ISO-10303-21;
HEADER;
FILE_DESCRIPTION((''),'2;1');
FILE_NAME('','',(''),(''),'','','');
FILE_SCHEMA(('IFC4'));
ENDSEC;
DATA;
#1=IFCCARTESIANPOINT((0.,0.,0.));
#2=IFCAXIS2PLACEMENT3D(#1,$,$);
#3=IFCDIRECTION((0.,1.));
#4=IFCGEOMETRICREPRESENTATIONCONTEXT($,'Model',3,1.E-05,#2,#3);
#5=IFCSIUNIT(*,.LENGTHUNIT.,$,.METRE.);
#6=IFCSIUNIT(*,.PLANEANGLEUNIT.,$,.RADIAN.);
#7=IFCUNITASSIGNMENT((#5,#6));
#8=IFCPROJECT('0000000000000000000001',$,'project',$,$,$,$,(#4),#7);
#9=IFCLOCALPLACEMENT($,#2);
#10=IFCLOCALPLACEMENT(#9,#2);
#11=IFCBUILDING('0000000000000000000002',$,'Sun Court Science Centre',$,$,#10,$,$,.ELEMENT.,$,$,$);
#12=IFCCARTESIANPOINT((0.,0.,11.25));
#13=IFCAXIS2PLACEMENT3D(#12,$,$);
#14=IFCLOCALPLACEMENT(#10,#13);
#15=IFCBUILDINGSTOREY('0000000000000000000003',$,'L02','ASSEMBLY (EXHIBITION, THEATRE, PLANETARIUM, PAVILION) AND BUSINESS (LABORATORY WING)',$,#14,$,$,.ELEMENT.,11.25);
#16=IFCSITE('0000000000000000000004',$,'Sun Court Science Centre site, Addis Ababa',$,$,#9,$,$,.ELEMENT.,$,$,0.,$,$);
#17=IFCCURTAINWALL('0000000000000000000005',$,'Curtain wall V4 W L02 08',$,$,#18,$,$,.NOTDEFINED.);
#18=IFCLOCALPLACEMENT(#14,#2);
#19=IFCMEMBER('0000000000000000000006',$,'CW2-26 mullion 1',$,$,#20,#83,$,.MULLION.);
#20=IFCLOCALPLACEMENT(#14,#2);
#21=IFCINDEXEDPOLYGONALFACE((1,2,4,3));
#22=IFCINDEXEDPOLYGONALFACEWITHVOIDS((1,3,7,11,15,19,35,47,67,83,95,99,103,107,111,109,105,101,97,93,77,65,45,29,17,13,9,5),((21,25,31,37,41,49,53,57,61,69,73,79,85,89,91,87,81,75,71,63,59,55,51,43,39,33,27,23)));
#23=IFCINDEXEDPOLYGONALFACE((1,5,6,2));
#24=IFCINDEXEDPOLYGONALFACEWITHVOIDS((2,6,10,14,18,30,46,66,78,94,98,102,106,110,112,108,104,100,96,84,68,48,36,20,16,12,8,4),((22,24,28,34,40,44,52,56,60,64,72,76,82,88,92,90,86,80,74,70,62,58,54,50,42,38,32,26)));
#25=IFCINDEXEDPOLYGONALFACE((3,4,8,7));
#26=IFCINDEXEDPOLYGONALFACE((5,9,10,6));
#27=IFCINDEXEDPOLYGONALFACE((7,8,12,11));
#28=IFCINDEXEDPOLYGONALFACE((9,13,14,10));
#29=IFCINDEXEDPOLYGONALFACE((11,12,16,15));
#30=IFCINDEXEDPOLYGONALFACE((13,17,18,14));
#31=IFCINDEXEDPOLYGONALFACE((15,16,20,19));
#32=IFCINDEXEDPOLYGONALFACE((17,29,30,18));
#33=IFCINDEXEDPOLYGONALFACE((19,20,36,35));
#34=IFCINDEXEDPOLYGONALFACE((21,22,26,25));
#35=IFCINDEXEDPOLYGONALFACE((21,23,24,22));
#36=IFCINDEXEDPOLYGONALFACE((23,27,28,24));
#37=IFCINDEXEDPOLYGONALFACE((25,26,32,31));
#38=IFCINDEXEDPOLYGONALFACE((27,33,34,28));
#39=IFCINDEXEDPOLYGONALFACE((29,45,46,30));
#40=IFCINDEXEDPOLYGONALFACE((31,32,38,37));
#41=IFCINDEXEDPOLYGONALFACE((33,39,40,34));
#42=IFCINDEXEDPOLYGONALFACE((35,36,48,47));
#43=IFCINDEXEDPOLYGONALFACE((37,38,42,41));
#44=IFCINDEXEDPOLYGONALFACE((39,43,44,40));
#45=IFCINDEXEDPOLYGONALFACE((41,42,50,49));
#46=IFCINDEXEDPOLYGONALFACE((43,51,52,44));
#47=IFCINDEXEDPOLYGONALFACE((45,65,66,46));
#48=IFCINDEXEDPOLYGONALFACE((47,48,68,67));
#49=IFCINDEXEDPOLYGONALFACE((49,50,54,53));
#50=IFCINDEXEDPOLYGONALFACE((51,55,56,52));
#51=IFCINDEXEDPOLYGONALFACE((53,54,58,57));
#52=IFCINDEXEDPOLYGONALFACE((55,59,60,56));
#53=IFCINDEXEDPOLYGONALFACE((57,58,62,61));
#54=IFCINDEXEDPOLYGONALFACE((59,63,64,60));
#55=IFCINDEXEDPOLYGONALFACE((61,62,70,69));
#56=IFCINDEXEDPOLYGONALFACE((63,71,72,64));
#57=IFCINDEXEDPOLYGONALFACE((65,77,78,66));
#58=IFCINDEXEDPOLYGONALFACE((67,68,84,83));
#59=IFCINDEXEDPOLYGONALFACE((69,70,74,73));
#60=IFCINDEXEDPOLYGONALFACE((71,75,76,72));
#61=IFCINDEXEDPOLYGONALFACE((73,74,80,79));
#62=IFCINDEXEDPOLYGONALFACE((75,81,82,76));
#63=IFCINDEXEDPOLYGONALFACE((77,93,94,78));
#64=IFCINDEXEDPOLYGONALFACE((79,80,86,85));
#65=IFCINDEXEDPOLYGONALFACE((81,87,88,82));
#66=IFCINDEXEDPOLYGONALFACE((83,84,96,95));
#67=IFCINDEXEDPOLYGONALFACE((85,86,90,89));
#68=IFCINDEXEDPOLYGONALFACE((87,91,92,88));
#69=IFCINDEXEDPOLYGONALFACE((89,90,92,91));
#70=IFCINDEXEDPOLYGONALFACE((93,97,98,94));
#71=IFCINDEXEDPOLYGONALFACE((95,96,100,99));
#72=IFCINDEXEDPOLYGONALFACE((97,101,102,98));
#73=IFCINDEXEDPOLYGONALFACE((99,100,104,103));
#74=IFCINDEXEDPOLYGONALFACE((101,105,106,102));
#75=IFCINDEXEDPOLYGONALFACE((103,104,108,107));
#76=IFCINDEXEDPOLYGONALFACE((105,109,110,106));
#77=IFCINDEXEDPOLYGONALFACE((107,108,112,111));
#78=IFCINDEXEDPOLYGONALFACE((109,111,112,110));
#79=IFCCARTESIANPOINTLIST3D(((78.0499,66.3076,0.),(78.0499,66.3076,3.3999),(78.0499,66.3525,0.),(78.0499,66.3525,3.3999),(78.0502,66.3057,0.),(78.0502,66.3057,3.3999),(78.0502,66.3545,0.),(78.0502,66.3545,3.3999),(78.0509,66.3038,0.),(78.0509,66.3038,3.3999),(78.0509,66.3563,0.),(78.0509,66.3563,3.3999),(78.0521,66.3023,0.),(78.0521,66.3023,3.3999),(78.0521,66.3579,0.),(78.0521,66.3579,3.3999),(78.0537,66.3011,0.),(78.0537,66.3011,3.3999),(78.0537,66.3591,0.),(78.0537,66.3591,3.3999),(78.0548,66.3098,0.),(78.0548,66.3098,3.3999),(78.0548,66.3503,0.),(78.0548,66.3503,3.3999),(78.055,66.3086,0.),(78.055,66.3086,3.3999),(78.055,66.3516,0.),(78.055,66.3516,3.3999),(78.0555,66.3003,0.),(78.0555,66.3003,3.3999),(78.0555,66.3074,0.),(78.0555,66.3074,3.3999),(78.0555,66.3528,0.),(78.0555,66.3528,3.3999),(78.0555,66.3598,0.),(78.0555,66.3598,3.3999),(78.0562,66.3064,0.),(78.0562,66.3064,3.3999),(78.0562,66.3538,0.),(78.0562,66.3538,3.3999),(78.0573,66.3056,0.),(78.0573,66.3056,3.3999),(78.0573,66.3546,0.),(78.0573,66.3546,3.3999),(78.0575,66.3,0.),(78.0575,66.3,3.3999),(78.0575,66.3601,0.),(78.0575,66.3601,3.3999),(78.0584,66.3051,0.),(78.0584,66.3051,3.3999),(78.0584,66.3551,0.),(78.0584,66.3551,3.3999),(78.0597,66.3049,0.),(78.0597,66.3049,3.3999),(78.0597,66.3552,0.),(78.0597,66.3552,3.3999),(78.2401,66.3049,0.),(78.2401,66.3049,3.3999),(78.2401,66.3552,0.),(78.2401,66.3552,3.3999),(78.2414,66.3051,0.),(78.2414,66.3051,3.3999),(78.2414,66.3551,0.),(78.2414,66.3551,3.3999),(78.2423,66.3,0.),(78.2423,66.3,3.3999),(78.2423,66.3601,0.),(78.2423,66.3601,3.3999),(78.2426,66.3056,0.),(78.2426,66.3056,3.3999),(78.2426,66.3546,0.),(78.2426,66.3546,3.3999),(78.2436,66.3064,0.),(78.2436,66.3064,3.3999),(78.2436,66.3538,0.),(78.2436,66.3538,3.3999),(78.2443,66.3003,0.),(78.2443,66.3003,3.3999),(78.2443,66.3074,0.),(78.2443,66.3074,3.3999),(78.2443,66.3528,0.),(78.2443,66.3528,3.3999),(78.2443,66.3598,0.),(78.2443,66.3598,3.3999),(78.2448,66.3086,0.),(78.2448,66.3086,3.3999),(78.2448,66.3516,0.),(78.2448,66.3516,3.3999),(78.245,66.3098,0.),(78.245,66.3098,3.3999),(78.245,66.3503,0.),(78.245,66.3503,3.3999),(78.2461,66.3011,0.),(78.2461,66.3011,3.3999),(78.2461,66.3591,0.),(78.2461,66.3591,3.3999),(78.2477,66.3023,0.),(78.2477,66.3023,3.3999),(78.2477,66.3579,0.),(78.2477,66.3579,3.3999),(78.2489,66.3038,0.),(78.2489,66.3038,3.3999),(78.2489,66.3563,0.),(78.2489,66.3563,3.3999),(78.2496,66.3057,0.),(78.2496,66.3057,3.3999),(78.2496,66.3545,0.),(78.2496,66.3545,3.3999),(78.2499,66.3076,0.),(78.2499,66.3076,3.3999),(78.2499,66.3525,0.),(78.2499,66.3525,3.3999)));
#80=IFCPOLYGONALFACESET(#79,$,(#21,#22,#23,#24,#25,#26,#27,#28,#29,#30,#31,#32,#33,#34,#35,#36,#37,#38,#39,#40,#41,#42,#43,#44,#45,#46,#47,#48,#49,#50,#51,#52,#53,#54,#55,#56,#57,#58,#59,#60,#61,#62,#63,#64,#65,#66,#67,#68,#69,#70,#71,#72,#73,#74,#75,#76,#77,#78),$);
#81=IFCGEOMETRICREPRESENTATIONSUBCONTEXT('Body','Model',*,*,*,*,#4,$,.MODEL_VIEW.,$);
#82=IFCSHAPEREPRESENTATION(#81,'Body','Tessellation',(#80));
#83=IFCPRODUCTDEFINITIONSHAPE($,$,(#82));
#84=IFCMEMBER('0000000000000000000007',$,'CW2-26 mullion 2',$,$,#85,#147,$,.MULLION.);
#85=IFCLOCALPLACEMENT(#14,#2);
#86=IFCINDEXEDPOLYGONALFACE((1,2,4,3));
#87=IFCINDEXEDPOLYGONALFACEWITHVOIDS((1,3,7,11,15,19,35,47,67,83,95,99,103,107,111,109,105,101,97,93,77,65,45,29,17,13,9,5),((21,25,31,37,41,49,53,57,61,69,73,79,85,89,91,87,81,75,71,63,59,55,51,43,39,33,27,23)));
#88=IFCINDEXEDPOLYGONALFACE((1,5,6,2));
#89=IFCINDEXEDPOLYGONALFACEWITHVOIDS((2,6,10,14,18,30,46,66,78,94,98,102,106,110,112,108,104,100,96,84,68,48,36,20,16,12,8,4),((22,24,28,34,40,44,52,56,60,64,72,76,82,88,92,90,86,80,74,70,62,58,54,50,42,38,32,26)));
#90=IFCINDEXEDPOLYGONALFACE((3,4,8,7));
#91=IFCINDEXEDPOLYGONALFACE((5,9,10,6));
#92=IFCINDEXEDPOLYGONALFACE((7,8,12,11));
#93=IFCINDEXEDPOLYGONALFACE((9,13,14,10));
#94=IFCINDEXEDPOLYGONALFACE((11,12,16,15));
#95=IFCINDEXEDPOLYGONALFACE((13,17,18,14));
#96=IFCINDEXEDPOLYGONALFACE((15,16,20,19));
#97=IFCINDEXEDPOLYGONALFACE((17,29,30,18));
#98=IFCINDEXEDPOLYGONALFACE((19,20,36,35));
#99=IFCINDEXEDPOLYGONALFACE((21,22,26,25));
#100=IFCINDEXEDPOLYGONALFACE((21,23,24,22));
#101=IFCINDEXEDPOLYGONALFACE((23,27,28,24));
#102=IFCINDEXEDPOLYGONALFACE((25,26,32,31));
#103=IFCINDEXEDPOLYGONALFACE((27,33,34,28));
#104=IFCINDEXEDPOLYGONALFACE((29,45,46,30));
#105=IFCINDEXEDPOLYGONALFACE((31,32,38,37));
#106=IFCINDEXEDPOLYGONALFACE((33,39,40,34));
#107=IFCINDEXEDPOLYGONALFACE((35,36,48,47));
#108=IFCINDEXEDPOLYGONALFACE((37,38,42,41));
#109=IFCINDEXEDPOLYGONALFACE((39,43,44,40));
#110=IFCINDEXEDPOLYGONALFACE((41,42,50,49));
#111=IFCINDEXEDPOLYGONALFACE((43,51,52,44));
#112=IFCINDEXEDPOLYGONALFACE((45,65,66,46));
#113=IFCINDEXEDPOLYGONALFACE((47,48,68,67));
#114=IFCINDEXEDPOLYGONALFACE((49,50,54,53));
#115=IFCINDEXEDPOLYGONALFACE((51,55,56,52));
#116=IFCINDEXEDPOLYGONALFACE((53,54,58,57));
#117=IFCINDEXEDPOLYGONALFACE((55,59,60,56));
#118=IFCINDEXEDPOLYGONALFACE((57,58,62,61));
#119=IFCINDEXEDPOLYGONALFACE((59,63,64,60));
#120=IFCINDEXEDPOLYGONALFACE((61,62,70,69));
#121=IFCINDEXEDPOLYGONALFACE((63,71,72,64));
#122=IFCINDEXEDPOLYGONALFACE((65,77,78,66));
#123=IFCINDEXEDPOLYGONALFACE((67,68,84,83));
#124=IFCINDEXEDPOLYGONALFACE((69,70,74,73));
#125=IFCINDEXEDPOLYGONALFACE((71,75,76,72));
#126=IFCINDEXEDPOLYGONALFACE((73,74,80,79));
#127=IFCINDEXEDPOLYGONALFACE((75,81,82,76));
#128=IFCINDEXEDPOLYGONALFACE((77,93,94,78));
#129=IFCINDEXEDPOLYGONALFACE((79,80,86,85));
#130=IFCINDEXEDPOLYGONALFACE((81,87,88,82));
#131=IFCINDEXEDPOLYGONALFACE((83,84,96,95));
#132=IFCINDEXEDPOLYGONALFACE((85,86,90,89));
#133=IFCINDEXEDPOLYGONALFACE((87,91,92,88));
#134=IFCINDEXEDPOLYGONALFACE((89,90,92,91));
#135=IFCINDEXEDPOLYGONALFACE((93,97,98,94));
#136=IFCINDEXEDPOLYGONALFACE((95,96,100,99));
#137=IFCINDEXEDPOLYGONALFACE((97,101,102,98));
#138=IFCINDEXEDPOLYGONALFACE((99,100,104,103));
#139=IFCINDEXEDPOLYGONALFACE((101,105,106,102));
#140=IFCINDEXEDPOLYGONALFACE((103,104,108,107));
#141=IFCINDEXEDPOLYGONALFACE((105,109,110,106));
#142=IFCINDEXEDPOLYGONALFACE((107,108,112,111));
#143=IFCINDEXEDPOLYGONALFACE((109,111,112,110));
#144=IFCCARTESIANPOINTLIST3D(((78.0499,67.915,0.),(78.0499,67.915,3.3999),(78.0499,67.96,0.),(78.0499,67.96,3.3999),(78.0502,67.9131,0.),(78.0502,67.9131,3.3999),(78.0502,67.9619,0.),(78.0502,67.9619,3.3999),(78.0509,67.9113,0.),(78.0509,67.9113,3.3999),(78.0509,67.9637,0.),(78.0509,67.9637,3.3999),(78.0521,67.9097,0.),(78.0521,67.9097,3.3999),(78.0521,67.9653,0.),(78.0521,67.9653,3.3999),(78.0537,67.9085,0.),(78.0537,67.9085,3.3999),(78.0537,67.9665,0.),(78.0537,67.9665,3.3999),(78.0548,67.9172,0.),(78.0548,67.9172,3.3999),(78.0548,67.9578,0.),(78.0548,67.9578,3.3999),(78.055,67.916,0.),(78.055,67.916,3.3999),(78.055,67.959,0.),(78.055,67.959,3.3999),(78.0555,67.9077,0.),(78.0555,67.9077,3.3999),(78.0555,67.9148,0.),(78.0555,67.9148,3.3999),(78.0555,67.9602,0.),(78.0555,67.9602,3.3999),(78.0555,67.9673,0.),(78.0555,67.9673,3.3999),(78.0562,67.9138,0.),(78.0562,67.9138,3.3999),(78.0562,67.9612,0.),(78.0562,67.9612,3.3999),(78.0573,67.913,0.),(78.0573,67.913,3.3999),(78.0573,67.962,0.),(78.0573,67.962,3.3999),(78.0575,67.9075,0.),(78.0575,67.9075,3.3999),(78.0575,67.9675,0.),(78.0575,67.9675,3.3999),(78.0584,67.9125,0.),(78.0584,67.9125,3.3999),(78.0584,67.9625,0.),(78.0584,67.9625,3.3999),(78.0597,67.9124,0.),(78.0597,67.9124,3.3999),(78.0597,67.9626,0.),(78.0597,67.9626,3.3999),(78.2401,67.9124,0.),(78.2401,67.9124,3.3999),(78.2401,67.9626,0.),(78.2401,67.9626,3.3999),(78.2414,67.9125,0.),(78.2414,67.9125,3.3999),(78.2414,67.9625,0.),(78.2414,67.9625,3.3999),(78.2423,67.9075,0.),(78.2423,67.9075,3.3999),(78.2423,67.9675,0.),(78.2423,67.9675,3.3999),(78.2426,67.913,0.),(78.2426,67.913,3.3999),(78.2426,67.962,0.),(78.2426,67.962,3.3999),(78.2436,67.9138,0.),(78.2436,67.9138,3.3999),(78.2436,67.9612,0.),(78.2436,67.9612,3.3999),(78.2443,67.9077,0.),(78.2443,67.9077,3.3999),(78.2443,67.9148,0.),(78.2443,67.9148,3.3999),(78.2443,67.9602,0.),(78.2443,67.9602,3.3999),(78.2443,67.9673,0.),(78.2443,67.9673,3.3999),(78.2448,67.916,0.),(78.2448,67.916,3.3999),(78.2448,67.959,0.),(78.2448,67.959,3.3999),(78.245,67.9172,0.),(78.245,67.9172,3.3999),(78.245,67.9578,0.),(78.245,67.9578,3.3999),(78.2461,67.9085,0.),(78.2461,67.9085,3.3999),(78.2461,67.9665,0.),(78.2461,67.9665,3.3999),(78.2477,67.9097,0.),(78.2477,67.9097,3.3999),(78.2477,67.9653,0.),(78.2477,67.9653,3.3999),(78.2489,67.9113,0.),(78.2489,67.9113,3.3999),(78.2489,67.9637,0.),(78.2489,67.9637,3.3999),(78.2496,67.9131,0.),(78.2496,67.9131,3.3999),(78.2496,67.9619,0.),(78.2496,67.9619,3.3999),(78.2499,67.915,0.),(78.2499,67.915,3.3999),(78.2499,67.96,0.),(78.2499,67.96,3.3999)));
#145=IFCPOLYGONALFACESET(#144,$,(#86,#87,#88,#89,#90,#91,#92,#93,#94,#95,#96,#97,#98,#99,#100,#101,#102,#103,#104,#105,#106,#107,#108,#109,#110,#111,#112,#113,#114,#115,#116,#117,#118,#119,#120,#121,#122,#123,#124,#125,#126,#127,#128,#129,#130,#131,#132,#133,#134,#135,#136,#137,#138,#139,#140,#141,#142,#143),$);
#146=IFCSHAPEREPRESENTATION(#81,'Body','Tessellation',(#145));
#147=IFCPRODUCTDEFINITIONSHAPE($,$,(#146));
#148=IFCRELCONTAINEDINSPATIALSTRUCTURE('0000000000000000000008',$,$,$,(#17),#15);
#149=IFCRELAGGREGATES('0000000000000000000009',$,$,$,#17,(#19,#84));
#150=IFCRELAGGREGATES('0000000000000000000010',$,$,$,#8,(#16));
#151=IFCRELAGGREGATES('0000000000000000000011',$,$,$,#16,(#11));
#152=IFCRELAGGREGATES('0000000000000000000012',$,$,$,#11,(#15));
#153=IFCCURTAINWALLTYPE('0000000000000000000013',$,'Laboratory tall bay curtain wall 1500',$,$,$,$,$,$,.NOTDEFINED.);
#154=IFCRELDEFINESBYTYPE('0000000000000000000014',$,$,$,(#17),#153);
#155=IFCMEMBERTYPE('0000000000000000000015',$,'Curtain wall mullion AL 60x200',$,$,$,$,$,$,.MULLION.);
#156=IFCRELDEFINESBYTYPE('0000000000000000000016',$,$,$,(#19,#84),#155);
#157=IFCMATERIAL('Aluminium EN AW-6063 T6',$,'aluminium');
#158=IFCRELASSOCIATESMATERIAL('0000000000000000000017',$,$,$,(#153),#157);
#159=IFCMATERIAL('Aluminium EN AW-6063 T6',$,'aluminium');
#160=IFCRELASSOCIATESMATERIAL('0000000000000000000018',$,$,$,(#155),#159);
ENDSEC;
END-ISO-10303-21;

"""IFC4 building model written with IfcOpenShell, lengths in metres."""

from ifc_helpers import new_model, si_unit, direction, frame, origin, origin_2d, place, context, subcontext, project, spatial, hollow_rectangle, extrude, material, material_profile, profile_set, type_object, element, aggregate, save


model = new_model("IFC4")

# Units and contexts
model_context = context("Model", 3, precision=1e-05, world=origin(), true_north=direction((0.0, 1.0)))
body_context = subcontext(model_context, "Body", "Model", "MODEL_VIEW")
ifc_project = project(units=[si_unit("LENGTHUNIT", "METRE"), si_unit("PLANEANGLEUNIT", "RADIAN")], contexts=[model_context])

# Site, building, storey
site_placement = place(None, origin())
site = spatial("IfcSite", under=ifc_project, at=site_placement, Name="Sun Court Science Centre site, Addis Ababa", CompositionType="ELEMENT", RefElevation=0.0)
building_placement = place(site_placement, origin())
building = spatial("IfcBuilding", under=site, at=building_placement, Name="Sun Court Science Centre", CompositionType="ELEMENT")
storey_placement = place(building_placement, frame((0.0, 0.0, 11.25)))
storey = spatial("IfcBuildingStorey", under=building, at=storey_placement, Name="L02", Description="ASSEMBLY (EXHIBITION, THEATRE, PLANETARIUM, PAVILION) AND BUSINESS (LABORATORY WING)", CompositionType="ELEMENT", Elevation=11.25)

# Curtain wall, members
ifc_material_1 = material(Name="Aluminium EN AW-6063 T6", Category="aluminium")
curtain_wall_type = type_object("IfcCurtainWallType", Name="Laboratory tall bay curtain wall 1500", PredefinedType="NOTDEFINED", material=ifc_material_1)
ifc_material_2 = material(Name="Aluminium EN AW-6063 T6", Category="aluminium")
ifc_material_profile_1 = material_profile(ifc_material_2, hollow_rectangle(XDim=0.0601, YDim=0.2, WallThickness=0.0049, InnerFilletRadius=0.0049, OuterFilletRadius=0.0076, at=origin_2d()), Name="AL 60x200x5")
ifc_profile_set_1 = profile_set([ifc_material_profile_1], Name="Aluminium EN AW-6063 T6")
member_type_1 = type_object("IfcMemberType", Name="Curtain wall mullion AL 60x200", PredefinedType="MULLION", material=ifc_profile_set_1)
curtain_wall_1_placement = place(storey_placement, origin())
curtain_wall_1 = element("IfcCurtainWall", 1, at=curtain_wall_1_placement, inside=storey, type_object=curtain_wall_type, Name="Curtain wall V4 W L02 08", PredefinedType="NOTDEFINED")
member_1_placement = place(storey_placement, frame((78.1499, 66.3301, 0.0), z_axis=(0.0, 0.0, 1.0), x_axis=(0.0, 1.0, 0.0)))
member_1 = element("IfcMember", 2, at=member_1_placement, type_object=member_type_1, Name="CW2-26 mullion 1", PredefinedType="MULLION", context=body_context, shape_type="SweptSolid", body=[
    extrude(hollow_rectangle(XDim=0.0601, YDim=0.2, WallThickness=0.0049, InnerFilletRadius=0.0049, OuterFilletRadius=0.0076, at=origin_2d()), origin(), (0.0, 0.0, 1.0), 3.3999),
])
member_2_placement = place(storey_placement, frame((78.1499, 67.9375, 0.0), z_axis=(0.0, 0.0, 1.0), x_axis=(0.0, 1.0, 0.0)))
member_2 = element("IfcMember", 3, at=member_2_placement, type_object=member_type_1, Name="CW2-26 mullion 2", PredefinedType="MULLION", context=body_context, shape_type="SweptSolid", body=[
    extrude(hollow_rectangle(XDim=0.0601, YDim=0.2, WallThickness=0.0049, InnerFilletRadius=0.0049, OuterFilletRadius=0.0076, at=origin_2d()), origin(), (0.0, 0.0, 1.0), 3.3999),
])

aggregate(curtain_wall_1, [member_1, member_2])

save(model, "model.ifc")
